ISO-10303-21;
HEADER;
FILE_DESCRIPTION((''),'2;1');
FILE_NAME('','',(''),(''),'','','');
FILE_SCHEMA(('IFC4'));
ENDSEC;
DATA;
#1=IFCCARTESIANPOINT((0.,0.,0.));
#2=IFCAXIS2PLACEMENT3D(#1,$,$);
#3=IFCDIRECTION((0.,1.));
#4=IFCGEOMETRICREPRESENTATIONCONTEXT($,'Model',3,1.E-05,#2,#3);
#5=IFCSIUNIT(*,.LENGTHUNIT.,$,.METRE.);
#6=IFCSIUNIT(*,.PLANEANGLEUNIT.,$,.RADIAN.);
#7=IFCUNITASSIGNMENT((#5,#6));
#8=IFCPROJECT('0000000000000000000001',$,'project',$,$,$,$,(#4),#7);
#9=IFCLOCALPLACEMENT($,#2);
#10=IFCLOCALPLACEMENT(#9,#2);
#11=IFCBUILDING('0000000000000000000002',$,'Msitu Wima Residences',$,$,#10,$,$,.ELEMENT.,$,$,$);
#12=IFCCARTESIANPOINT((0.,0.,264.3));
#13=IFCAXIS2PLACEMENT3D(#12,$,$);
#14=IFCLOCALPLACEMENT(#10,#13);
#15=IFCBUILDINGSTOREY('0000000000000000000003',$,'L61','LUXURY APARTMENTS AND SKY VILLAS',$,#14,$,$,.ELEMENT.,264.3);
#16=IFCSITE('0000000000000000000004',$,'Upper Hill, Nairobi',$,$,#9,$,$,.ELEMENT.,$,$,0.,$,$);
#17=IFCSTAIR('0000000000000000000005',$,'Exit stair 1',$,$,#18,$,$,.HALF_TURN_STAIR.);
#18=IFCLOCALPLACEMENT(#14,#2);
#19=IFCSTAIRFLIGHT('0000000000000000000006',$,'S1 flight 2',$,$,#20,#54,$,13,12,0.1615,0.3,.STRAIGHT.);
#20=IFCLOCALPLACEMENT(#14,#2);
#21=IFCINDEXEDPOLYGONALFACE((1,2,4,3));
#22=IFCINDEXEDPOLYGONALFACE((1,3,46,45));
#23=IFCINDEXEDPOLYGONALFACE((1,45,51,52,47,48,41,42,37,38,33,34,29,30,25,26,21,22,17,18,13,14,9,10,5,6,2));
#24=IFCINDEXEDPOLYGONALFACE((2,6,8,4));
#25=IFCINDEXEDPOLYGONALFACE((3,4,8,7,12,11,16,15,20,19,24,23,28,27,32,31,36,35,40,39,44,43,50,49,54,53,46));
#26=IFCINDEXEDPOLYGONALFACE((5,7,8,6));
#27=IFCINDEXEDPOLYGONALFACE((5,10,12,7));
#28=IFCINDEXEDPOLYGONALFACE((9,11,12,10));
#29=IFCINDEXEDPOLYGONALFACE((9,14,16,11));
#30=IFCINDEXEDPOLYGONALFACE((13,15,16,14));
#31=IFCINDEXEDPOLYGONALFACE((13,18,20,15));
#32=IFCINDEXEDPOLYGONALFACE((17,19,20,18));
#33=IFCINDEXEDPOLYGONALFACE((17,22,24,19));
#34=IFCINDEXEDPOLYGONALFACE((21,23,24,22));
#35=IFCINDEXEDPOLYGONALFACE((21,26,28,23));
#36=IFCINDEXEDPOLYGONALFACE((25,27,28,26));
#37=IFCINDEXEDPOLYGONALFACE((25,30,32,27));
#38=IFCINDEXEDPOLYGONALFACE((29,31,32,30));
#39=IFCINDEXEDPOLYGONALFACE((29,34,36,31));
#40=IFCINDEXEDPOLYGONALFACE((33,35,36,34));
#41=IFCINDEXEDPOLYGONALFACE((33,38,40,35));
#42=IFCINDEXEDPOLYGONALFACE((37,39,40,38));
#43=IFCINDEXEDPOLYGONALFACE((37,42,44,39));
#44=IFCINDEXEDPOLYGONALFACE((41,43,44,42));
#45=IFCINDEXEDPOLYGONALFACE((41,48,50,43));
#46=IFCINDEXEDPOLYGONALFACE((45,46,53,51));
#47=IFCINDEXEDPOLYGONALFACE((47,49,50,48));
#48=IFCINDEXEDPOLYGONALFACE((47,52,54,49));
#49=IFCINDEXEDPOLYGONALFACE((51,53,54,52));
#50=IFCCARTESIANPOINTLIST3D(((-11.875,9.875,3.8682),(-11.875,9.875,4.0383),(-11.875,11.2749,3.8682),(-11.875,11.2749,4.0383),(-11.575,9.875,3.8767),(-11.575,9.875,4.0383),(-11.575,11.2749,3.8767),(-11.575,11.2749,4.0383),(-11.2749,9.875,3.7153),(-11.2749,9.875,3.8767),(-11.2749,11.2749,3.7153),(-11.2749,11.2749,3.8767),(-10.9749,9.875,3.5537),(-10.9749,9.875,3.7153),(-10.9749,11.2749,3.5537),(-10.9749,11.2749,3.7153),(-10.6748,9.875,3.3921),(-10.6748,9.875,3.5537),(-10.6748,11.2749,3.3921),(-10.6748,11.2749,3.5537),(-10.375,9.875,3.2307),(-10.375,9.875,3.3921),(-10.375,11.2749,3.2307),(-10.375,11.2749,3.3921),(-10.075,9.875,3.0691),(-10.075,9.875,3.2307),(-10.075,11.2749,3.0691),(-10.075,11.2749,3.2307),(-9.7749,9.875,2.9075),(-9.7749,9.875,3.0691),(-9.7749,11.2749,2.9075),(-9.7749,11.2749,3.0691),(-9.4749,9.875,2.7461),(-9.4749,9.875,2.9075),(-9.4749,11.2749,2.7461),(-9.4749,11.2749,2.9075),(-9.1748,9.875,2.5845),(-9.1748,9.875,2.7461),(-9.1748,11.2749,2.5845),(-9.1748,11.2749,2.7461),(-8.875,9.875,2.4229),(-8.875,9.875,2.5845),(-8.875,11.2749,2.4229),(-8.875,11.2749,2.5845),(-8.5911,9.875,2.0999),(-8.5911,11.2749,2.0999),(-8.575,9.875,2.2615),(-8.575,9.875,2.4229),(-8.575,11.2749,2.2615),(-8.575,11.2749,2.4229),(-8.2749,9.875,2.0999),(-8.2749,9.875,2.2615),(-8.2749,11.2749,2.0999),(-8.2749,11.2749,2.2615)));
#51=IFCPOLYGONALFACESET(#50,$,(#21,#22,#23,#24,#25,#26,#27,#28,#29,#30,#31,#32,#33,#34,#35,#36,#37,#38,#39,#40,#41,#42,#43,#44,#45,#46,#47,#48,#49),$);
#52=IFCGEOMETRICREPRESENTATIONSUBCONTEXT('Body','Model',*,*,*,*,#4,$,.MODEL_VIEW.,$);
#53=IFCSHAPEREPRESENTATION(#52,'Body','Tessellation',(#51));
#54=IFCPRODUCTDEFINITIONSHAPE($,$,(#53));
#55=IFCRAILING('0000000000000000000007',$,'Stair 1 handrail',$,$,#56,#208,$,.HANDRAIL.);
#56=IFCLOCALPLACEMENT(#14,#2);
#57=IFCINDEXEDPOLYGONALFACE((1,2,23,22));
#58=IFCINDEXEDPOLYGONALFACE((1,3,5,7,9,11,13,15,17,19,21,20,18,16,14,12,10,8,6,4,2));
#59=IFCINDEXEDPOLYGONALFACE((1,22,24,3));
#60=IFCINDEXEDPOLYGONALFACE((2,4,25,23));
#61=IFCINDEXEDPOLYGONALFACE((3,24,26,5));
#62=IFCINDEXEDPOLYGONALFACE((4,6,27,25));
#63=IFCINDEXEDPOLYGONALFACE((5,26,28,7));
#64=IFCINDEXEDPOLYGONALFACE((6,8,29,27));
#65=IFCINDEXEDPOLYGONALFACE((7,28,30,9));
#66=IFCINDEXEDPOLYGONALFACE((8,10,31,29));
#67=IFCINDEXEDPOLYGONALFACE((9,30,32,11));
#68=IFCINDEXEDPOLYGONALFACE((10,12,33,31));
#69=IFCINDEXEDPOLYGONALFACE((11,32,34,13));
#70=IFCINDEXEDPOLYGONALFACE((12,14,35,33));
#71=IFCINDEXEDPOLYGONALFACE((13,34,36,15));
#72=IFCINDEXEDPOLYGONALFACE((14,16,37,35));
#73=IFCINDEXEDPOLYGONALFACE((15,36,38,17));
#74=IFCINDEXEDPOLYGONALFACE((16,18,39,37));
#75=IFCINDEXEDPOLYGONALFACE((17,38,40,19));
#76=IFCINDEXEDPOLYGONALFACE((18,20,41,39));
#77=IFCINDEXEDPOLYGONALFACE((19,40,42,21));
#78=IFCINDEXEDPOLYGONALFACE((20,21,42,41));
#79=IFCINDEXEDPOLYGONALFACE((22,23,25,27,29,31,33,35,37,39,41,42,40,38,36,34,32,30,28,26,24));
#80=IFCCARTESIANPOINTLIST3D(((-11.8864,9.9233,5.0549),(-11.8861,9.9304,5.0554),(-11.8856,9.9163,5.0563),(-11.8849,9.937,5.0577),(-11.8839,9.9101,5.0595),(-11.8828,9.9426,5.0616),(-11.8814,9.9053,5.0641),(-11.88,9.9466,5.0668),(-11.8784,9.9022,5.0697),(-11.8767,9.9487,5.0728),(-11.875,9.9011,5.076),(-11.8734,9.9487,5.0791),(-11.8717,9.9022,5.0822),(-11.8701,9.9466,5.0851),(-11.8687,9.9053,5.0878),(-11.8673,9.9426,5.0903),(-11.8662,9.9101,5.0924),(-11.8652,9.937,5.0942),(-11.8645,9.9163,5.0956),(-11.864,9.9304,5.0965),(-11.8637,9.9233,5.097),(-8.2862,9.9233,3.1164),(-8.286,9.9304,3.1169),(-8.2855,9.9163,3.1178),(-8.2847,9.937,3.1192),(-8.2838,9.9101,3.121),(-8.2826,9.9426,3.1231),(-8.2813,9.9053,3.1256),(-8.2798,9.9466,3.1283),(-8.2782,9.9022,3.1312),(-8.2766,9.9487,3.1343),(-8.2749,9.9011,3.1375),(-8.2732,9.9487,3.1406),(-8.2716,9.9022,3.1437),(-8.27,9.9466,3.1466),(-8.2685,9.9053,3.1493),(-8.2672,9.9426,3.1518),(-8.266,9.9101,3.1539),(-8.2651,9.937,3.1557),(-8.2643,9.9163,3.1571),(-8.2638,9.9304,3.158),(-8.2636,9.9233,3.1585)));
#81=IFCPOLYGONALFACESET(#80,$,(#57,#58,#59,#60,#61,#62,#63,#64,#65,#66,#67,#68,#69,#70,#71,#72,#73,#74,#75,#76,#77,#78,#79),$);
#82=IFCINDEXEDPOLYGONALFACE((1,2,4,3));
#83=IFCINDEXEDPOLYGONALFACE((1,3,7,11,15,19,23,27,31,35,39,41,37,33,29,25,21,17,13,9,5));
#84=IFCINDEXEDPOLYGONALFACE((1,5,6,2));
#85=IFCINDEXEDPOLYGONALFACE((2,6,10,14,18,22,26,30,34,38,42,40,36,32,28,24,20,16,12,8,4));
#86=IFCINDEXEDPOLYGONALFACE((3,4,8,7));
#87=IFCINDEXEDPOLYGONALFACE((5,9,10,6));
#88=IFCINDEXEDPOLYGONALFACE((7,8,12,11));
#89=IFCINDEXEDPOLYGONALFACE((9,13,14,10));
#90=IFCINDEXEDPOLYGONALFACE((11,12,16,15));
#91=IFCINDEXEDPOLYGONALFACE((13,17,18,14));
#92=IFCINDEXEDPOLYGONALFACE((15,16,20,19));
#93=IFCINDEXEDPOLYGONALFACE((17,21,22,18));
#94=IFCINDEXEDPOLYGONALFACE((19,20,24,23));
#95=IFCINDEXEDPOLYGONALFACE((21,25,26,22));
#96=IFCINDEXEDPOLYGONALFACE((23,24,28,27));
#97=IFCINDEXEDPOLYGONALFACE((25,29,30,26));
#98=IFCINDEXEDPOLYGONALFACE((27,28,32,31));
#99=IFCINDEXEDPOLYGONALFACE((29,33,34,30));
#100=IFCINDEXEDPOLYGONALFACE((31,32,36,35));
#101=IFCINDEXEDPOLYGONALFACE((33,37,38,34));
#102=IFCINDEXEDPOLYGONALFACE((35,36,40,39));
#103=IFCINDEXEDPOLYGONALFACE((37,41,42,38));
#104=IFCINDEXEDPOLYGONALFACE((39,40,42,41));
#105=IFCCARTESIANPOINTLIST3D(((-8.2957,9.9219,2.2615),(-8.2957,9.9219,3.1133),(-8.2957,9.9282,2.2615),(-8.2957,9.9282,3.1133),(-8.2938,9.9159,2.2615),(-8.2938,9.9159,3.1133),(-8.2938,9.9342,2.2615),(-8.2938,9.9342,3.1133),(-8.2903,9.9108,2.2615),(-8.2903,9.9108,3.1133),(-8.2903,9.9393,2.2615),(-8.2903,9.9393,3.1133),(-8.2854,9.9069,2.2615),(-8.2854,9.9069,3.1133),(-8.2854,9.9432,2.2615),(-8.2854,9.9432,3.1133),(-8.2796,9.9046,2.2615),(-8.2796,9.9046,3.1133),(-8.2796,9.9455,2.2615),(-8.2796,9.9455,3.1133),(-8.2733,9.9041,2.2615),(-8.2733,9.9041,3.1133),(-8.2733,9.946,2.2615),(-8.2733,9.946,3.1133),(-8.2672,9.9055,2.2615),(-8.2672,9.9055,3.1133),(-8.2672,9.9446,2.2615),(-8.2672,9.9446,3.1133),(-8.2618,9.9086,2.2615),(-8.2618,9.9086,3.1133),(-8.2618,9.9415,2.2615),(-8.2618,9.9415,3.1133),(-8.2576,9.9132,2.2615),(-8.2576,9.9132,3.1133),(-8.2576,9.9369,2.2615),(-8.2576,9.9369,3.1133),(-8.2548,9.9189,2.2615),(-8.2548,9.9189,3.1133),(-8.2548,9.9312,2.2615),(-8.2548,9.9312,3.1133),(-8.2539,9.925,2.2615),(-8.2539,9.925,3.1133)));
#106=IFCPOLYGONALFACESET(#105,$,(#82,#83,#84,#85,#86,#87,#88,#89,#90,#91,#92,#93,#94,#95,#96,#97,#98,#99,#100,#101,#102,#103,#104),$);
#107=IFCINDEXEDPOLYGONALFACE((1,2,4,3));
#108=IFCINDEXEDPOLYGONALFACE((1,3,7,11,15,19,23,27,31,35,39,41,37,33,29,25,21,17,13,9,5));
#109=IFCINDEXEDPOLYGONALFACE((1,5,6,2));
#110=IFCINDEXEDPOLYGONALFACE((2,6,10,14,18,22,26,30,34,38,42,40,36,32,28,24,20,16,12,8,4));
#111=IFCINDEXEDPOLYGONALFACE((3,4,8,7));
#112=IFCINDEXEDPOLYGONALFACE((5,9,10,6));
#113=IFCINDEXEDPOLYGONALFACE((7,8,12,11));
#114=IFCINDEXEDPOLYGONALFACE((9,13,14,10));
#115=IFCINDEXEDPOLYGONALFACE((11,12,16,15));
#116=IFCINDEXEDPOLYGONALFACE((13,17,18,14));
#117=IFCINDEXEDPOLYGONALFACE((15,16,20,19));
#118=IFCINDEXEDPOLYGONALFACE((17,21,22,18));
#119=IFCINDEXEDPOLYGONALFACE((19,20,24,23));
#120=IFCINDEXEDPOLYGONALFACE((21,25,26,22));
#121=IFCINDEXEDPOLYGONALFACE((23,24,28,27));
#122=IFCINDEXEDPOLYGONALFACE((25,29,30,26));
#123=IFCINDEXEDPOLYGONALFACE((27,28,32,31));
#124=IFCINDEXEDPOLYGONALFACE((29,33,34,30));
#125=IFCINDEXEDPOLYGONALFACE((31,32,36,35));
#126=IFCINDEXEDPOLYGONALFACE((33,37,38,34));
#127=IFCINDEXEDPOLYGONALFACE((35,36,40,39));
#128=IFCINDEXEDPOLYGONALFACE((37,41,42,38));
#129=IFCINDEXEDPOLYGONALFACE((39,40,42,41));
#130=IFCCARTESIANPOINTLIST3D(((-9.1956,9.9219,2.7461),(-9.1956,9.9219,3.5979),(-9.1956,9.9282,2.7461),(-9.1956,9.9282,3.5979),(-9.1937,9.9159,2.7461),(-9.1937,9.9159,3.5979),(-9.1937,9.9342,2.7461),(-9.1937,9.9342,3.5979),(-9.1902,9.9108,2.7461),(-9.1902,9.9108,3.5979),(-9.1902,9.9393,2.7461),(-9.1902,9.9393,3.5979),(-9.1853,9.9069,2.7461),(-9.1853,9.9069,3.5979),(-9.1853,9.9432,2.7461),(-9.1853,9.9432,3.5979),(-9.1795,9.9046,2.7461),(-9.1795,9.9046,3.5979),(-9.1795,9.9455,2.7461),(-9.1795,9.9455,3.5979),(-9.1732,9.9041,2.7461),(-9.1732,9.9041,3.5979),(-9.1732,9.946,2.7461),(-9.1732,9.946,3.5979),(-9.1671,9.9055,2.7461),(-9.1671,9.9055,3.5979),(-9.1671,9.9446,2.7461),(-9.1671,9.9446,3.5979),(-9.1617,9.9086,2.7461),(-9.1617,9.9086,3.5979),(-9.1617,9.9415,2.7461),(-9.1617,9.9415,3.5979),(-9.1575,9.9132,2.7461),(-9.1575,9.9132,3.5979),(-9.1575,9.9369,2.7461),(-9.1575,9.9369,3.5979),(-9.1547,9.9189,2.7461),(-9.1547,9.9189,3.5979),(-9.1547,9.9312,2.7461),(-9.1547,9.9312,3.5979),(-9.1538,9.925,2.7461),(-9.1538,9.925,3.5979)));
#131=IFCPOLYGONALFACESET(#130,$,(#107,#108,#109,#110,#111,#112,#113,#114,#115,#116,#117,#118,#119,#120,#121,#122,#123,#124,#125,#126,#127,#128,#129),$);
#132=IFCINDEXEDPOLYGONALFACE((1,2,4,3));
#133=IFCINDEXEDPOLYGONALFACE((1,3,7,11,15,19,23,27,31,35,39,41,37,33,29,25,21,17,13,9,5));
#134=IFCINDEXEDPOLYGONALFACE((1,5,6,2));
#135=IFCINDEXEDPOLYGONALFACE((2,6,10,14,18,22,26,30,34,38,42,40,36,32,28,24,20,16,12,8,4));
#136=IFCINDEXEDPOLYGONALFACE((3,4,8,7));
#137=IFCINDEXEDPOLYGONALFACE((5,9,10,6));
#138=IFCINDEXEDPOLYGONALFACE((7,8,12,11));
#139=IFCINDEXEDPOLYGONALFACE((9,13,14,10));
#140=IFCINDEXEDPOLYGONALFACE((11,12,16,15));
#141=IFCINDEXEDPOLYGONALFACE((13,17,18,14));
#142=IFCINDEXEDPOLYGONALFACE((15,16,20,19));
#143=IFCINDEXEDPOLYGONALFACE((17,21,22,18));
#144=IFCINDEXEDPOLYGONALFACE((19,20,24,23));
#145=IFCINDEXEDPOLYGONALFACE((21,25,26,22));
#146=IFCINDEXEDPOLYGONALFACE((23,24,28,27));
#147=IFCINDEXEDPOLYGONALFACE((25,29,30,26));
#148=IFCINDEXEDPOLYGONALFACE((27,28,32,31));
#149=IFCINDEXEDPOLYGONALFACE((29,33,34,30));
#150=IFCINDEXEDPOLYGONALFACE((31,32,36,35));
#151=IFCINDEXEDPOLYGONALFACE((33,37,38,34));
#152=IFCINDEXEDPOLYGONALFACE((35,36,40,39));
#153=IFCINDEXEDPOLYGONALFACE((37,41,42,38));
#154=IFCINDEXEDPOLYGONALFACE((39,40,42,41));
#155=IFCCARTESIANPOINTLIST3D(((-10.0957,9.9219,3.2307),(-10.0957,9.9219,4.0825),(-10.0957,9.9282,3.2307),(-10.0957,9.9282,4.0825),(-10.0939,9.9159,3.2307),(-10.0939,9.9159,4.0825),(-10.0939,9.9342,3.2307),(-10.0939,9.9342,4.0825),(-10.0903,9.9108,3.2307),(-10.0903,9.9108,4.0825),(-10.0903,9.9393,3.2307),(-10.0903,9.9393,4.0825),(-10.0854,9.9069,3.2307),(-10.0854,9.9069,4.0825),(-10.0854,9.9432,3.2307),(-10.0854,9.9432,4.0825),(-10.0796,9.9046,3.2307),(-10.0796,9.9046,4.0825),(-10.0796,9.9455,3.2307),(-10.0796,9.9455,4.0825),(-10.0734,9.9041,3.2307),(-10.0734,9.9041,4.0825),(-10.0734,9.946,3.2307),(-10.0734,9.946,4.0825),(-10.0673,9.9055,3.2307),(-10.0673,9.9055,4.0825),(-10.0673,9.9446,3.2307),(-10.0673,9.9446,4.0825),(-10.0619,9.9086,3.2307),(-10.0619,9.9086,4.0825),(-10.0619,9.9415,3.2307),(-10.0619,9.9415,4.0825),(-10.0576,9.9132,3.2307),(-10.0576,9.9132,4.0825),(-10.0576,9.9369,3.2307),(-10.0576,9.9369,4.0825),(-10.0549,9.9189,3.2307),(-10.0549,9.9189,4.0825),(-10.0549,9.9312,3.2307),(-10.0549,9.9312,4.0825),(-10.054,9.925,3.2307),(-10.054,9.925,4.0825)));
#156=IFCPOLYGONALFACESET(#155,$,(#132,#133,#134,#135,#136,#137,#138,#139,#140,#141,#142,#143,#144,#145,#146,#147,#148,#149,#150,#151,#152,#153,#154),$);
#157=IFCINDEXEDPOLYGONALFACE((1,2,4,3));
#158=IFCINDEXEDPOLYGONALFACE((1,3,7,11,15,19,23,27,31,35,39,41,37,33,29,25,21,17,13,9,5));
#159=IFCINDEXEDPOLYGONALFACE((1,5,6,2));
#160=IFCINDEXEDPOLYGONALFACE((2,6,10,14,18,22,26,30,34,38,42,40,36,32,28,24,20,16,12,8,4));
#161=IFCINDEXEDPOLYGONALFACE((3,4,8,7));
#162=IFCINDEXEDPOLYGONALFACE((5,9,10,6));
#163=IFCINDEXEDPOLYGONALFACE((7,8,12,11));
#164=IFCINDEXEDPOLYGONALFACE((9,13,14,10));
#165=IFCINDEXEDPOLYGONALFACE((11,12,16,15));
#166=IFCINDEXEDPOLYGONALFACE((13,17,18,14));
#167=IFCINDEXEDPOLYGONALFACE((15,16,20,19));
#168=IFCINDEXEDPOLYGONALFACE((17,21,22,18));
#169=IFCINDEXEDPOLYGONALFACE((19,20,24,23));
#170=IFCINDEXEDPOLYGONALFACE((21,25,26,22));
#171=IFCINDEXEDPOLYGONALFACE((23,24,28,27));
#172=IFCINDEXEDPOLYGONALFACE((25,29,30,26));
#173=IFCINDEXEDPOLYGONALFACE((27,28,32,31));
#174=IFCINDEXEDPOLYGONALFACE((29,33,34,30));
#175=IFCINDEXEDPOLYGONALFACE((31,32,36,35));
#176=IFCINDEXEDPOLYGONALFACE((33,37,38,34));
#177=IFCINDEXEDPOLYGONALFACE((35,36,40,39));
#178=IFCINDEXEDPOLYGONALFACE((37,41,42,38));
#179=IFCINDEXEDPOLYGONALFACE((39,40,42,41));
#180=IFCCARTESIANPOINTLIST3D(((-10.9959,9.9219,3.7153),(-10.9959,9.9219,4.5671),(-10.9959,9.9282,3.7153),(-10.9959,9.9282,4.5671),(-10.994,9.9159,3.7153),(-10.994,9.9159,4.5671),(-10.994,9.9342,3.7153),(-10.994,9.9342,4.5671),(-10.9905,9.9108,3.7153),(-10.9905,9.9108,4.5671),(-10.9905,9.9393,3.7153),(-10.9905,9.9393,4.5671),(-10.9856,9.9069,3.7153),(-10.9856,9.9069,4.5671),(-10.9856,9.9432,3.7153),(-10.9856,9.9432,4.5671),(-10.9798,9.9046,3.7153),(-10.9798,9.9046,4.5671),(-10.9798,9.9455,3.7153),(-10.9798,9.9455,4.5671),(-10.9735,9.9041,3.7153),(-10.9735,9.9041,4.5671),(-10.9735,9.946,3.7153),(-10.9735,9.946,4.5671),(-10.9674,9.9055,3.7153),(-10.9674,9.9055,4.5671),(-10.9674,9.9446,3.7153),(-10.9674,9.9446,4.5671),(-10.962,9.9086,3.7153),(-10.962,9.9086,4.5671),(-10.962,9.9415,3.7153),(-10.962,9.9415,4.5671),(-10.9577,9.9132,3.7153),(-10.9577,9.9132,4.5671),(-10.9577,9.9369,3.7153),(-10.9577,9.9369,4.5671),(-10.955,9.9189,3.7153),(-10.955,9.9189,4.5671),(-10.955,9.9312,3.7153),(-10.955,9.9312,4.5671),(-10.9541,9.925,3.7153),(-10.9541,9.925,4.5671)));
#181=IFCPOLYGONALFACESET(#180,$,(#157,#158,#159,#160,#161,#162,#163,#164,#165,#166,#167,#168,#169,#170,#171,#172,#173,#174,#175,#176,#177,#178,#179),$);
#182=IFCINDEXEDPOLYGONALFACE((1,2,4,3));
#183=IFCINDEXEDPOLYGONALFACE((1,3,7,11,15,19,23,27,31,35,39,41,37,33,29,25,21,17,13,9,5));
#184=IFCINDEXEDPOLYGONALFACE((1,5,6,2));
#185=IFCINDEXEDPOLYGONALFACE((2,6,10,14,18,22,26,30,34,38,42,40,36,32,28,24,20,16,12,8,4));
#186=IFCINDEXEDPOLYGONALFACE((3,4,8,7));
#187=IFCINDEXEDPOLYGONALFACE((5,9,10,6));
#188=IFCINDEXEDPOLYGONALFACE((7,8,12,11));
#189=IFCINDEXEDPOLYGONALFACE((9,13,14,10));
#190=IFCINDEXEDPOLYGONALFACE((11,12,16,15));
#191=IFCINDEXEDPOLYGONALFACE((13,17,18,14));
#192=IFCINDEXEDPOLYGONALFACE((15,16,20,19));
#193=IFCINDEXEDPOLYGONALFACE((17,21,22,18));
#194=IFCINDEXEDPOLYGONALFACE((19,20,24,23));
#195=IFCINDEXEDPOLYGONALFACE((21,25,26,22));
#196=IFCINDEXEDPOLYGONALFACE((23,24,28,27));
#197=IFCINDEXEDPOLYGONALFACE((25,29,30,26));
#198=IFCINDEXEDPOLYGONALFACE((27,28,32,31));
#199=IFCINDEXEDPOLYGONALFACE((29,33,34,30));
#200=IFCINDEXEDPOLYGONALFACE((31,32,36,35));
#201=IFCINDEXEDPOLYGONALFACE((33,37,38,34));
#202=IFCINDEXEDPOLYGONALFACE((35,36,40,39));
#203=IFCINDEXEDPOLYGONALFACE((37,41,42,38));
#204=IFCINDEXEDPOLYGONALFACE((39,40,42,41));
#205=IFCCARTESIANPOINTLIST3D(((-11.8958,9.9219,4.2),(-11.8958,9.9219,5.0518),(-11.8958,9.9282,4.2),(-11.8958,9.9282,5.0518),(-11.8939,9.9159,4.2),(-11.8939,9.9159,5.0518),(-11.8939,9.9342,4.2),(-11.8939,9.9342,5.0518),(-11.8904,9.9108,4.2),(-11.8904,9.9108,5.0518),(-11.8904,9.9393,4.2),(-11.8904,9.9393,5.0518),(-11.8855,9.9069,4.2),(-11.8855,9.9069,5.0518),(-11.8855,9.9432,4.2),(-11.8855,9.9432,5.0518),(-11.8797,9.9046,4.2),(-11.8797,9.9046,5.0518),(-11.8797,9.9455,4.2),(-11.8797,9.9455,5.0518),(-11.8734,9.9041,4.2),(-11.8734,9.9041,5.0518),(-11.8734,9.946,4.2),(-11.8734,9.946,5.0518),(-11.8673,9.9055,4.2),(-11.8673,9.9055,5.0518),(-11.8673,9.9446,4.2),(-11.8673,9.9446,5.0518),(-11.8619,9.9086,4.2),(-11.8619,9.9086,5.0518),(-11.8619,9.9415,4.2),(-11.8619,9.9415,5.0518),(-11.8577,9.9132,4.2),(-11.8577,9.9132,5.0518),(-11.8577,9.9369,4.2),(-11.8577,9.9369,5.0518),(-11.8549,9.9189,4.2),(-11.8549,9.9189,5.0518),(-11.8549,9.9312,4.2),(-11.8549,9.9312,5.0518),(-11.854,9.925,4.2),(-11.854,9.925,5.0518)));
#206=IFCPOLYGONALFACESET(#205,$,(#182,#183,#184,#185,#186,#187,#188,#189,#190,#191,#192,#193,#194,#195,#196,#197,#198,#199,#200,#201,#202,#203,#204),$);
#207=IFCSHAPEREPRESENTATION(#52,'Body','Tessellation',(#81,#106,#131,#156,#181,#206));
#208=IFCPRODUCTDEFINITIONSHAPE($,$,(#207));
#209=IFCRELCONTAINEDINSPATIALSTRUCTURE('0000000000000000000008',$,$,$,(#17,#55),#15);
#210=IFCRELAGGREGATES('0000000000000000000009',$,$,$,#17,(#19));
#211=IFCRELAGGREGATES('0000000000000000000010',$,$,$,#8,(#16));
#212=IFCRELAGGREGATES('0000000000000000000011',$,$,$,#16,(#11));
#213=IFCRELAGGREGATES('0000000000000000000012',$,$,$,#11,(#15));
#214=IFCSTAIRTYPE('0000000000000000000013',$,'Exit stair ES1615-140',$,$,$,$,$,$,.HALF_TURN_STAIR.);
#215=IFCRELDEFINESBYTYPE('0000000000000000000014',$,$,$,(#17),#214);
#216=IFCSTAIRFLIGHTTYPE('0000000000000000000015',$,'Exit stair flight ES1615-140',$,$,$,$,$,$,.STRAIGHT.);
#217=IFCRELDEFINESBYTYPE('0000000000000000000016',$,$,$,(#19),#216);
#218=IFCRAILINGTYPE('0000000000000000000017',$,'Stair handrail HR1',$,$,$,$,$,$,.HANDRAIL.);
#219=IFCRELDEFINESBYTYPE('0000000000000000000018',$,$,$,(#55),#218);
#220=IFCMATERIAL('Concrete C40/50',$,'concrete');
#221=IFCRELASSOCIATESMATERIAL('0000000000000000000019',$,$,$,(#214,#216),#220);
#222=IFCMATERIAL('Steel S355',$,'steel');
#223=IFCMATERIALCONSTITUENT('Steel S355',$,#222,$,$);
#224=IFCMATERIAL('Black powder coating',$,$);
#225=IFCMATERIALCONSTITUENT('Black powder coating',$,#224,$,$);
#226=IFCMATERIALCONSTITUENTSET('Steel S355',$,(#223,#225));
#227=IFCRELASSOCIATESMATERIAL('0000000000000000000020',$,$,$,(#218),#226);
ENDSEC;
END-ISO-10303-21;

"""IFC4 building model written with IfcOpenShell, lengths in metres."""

from ifc_helpers import new_model, si_unit, direction, frame, origin, origin_2d, place, context, subcontext, project, spatial, polyline, circle, outline, extrude, material, constituent, constituent_set, type_object, element, aggregate, save


model = new_model("IFC4")

# Units and contexts
model_context = context("Model", 3, precision=1e-05, world=origin(), true_north=direction((0.0, 1.0)))
body_context = subcontext(model_context, "Body", "Model", "MODEL_VIEW")
ifc_project = project(units=[si_unit("LENGTHUNIT", "METRE"), si_unit("PLANEANGLEUNIT", "RADIAN")], contexts=[model_context])

# Site, building, storey
site_placement = place(None, origin())
site = spatial("IfcSite", under=ifc_project, at=site_placement, Name="Upper Hill, Nairobi", CompositionType="ELEMENT", RefElevation=0.0)
building_placement = place(site_placement, origin())
building = spatial("IfcBuilding", under=site, at=building_placement, Name="Msitu Wima Residences", CompositionType="ELEMENT")
storey_placement = place(building_placement, frame((0.0, 0.0, 264.3)))
storey = spatial("IfcBuildingStorey", under=building, at=storey_placement, Name="L61", Description="LUXURY APARTMENTS AND SKY VILLAS", CompositionType="ELEMENT", Elevation=264.3)

# Shared definitions
ifc_material_1 = material(Name="Concrete C40/50", Category="concrete")

# Stair, stair flight
stair_type = type_object("IfcStairType", Name="Exit stair ES1615-140", PredefinedType="HALF_TURN_STAIR", material=ifc_material_1)
stair_placement = place(storey_placement, origin())
stair = element("IfcStair", 1, at=stair_placement, inside=storey, type_object=stair_type, Name="Exit stair 1", PredefinedType="HALF_TURN_STAIR")
stair_flight_type = type_object("IfcStairFlightType", Name="Exit stair flight ES1615-140", PredefinedType="STRAIGHT", material=ifc_material_1)
stair_flight_placement = place(storey_placement, frame((-8.2749, 10.575, 2.0999), z_axis=(0.0, 0.0, 1.0), x_axis=(-1.0, 0.0, 0.0)))
stair_flight = element("IfcStairFlight", 2, at=stair_flight_placement, type_object=stair_flight_type, Name="S1 flight 2", NumberOfRisers=13, NumberOfTreads=12, PredefinedType="STRAIGHT", RiserHeight=0.1615, TreadLength=0.3, context=body_context, shape_type="SweptSolid", body=[
    extrude(outline(polyline([(0.0, 0.0), (0.0, 0.1616), (0.3, 0.1616), (0.3, 0.323), (0.6001, 0.323), (0.6001, 0.4846), (0.8999, 0.4846), (0.8999, 0.6462), (1.2, 0.6462), (1.2, 0.8076), (1.5, 0.8076), (1.5, 0.9692), (1.8, 0.9692), (1.8, 1.1309), (2.1001, 1.1309), (2.1001, 1.2922), (2.3999, 1.2922), (2.3999, 1.4539), (2.7, 1.4539), (2.7, 1.6155), (3.0, 1.6155), (3.0, 1.7769), (3.3, 1.7769), (3.3, 1.9385), (3.6001, 1.9385), (3.6001, 2.1001), (3.6001, 1.7683), (0.3162, 0.0), (0.0, 0.0)])), frame((0.0, 0.7, 0.0), z_axis=(0.0, -1.0, 0.0), x_axis=(1.0, 0.0, 0.0)), (0.0, 0.0, 1.0), 1.3999),
])
aggregate(stair, [stair_flight])

# Railing
ifc_material_2 = material(Name="Steel S355", Category="steel")
ifc_constituent_1 = constituent(ifc_material_2, Name="Steel S355")
ifc_material_3 = material(Name="Black powder coating")
ifc_constituent_2 = constituent(ifc_material_3, Name="Black powder coating")
ifc_constituent_set = constituent_set(constituents=[ifc_constituent_1, ifc_constituent_2], Name="Steel S355")
railing_type = type_object("IfcRailingType", Name="Stair handrail HR1", PredefinedType="HANDRAIL", material=ifc_constituent_set)
for number, where, name in (
    (3, (-8.2749, 9.925, 2.2615), "Stair 1 handrail"),
):
    element("IfcRailing", number, at=place(storey_placement, frame(where)), inside=storey, type_object=railing_type, Name=name, PredefinedType="HANDRAIL", context=body_context, shape_type="SweptSolid", body=[
        extrude(circle(Radius=0.0239, at=origin_2d()), frame((0.0, 0.0, 0.876), z_axis=(-0.880475, 0.0, 0.474093), x_axis=(0.0, -1.0, 0.0)), (0.0, 0.0, 1.0), 4.0889),
        extrude(circle(Radius=0.021, at=origin_2d()), origin(), (0.0, 0.0, 1.0), 0.8518),
        extrude(circle(Radius=0.021, at=origin_2d()), frame((-0.8999, 0.0, 0.4846)), (0.0, 0.0, 1.0), 0.8518),
        extrude(circle(Radius=0.021, at=origin_2d()), frame((-1.8, 0.0, 0.9692)), (0.0, 0.0, 1.0), 0.8518),
        extrude(circle(Radius=0.021, at=origin_2d()), frame((-2.7002, 0.0, 1.4539)), (0.0, 0.0, 1.0), 0.8518),
        extrude(circle(Radius=0.021, at=origin_2d()), frame((-3.6001, 0.0, 1.9385)), (0.0, 0.0, 1.0), 0.8518),
    ])

save(model, "model.ifc")
